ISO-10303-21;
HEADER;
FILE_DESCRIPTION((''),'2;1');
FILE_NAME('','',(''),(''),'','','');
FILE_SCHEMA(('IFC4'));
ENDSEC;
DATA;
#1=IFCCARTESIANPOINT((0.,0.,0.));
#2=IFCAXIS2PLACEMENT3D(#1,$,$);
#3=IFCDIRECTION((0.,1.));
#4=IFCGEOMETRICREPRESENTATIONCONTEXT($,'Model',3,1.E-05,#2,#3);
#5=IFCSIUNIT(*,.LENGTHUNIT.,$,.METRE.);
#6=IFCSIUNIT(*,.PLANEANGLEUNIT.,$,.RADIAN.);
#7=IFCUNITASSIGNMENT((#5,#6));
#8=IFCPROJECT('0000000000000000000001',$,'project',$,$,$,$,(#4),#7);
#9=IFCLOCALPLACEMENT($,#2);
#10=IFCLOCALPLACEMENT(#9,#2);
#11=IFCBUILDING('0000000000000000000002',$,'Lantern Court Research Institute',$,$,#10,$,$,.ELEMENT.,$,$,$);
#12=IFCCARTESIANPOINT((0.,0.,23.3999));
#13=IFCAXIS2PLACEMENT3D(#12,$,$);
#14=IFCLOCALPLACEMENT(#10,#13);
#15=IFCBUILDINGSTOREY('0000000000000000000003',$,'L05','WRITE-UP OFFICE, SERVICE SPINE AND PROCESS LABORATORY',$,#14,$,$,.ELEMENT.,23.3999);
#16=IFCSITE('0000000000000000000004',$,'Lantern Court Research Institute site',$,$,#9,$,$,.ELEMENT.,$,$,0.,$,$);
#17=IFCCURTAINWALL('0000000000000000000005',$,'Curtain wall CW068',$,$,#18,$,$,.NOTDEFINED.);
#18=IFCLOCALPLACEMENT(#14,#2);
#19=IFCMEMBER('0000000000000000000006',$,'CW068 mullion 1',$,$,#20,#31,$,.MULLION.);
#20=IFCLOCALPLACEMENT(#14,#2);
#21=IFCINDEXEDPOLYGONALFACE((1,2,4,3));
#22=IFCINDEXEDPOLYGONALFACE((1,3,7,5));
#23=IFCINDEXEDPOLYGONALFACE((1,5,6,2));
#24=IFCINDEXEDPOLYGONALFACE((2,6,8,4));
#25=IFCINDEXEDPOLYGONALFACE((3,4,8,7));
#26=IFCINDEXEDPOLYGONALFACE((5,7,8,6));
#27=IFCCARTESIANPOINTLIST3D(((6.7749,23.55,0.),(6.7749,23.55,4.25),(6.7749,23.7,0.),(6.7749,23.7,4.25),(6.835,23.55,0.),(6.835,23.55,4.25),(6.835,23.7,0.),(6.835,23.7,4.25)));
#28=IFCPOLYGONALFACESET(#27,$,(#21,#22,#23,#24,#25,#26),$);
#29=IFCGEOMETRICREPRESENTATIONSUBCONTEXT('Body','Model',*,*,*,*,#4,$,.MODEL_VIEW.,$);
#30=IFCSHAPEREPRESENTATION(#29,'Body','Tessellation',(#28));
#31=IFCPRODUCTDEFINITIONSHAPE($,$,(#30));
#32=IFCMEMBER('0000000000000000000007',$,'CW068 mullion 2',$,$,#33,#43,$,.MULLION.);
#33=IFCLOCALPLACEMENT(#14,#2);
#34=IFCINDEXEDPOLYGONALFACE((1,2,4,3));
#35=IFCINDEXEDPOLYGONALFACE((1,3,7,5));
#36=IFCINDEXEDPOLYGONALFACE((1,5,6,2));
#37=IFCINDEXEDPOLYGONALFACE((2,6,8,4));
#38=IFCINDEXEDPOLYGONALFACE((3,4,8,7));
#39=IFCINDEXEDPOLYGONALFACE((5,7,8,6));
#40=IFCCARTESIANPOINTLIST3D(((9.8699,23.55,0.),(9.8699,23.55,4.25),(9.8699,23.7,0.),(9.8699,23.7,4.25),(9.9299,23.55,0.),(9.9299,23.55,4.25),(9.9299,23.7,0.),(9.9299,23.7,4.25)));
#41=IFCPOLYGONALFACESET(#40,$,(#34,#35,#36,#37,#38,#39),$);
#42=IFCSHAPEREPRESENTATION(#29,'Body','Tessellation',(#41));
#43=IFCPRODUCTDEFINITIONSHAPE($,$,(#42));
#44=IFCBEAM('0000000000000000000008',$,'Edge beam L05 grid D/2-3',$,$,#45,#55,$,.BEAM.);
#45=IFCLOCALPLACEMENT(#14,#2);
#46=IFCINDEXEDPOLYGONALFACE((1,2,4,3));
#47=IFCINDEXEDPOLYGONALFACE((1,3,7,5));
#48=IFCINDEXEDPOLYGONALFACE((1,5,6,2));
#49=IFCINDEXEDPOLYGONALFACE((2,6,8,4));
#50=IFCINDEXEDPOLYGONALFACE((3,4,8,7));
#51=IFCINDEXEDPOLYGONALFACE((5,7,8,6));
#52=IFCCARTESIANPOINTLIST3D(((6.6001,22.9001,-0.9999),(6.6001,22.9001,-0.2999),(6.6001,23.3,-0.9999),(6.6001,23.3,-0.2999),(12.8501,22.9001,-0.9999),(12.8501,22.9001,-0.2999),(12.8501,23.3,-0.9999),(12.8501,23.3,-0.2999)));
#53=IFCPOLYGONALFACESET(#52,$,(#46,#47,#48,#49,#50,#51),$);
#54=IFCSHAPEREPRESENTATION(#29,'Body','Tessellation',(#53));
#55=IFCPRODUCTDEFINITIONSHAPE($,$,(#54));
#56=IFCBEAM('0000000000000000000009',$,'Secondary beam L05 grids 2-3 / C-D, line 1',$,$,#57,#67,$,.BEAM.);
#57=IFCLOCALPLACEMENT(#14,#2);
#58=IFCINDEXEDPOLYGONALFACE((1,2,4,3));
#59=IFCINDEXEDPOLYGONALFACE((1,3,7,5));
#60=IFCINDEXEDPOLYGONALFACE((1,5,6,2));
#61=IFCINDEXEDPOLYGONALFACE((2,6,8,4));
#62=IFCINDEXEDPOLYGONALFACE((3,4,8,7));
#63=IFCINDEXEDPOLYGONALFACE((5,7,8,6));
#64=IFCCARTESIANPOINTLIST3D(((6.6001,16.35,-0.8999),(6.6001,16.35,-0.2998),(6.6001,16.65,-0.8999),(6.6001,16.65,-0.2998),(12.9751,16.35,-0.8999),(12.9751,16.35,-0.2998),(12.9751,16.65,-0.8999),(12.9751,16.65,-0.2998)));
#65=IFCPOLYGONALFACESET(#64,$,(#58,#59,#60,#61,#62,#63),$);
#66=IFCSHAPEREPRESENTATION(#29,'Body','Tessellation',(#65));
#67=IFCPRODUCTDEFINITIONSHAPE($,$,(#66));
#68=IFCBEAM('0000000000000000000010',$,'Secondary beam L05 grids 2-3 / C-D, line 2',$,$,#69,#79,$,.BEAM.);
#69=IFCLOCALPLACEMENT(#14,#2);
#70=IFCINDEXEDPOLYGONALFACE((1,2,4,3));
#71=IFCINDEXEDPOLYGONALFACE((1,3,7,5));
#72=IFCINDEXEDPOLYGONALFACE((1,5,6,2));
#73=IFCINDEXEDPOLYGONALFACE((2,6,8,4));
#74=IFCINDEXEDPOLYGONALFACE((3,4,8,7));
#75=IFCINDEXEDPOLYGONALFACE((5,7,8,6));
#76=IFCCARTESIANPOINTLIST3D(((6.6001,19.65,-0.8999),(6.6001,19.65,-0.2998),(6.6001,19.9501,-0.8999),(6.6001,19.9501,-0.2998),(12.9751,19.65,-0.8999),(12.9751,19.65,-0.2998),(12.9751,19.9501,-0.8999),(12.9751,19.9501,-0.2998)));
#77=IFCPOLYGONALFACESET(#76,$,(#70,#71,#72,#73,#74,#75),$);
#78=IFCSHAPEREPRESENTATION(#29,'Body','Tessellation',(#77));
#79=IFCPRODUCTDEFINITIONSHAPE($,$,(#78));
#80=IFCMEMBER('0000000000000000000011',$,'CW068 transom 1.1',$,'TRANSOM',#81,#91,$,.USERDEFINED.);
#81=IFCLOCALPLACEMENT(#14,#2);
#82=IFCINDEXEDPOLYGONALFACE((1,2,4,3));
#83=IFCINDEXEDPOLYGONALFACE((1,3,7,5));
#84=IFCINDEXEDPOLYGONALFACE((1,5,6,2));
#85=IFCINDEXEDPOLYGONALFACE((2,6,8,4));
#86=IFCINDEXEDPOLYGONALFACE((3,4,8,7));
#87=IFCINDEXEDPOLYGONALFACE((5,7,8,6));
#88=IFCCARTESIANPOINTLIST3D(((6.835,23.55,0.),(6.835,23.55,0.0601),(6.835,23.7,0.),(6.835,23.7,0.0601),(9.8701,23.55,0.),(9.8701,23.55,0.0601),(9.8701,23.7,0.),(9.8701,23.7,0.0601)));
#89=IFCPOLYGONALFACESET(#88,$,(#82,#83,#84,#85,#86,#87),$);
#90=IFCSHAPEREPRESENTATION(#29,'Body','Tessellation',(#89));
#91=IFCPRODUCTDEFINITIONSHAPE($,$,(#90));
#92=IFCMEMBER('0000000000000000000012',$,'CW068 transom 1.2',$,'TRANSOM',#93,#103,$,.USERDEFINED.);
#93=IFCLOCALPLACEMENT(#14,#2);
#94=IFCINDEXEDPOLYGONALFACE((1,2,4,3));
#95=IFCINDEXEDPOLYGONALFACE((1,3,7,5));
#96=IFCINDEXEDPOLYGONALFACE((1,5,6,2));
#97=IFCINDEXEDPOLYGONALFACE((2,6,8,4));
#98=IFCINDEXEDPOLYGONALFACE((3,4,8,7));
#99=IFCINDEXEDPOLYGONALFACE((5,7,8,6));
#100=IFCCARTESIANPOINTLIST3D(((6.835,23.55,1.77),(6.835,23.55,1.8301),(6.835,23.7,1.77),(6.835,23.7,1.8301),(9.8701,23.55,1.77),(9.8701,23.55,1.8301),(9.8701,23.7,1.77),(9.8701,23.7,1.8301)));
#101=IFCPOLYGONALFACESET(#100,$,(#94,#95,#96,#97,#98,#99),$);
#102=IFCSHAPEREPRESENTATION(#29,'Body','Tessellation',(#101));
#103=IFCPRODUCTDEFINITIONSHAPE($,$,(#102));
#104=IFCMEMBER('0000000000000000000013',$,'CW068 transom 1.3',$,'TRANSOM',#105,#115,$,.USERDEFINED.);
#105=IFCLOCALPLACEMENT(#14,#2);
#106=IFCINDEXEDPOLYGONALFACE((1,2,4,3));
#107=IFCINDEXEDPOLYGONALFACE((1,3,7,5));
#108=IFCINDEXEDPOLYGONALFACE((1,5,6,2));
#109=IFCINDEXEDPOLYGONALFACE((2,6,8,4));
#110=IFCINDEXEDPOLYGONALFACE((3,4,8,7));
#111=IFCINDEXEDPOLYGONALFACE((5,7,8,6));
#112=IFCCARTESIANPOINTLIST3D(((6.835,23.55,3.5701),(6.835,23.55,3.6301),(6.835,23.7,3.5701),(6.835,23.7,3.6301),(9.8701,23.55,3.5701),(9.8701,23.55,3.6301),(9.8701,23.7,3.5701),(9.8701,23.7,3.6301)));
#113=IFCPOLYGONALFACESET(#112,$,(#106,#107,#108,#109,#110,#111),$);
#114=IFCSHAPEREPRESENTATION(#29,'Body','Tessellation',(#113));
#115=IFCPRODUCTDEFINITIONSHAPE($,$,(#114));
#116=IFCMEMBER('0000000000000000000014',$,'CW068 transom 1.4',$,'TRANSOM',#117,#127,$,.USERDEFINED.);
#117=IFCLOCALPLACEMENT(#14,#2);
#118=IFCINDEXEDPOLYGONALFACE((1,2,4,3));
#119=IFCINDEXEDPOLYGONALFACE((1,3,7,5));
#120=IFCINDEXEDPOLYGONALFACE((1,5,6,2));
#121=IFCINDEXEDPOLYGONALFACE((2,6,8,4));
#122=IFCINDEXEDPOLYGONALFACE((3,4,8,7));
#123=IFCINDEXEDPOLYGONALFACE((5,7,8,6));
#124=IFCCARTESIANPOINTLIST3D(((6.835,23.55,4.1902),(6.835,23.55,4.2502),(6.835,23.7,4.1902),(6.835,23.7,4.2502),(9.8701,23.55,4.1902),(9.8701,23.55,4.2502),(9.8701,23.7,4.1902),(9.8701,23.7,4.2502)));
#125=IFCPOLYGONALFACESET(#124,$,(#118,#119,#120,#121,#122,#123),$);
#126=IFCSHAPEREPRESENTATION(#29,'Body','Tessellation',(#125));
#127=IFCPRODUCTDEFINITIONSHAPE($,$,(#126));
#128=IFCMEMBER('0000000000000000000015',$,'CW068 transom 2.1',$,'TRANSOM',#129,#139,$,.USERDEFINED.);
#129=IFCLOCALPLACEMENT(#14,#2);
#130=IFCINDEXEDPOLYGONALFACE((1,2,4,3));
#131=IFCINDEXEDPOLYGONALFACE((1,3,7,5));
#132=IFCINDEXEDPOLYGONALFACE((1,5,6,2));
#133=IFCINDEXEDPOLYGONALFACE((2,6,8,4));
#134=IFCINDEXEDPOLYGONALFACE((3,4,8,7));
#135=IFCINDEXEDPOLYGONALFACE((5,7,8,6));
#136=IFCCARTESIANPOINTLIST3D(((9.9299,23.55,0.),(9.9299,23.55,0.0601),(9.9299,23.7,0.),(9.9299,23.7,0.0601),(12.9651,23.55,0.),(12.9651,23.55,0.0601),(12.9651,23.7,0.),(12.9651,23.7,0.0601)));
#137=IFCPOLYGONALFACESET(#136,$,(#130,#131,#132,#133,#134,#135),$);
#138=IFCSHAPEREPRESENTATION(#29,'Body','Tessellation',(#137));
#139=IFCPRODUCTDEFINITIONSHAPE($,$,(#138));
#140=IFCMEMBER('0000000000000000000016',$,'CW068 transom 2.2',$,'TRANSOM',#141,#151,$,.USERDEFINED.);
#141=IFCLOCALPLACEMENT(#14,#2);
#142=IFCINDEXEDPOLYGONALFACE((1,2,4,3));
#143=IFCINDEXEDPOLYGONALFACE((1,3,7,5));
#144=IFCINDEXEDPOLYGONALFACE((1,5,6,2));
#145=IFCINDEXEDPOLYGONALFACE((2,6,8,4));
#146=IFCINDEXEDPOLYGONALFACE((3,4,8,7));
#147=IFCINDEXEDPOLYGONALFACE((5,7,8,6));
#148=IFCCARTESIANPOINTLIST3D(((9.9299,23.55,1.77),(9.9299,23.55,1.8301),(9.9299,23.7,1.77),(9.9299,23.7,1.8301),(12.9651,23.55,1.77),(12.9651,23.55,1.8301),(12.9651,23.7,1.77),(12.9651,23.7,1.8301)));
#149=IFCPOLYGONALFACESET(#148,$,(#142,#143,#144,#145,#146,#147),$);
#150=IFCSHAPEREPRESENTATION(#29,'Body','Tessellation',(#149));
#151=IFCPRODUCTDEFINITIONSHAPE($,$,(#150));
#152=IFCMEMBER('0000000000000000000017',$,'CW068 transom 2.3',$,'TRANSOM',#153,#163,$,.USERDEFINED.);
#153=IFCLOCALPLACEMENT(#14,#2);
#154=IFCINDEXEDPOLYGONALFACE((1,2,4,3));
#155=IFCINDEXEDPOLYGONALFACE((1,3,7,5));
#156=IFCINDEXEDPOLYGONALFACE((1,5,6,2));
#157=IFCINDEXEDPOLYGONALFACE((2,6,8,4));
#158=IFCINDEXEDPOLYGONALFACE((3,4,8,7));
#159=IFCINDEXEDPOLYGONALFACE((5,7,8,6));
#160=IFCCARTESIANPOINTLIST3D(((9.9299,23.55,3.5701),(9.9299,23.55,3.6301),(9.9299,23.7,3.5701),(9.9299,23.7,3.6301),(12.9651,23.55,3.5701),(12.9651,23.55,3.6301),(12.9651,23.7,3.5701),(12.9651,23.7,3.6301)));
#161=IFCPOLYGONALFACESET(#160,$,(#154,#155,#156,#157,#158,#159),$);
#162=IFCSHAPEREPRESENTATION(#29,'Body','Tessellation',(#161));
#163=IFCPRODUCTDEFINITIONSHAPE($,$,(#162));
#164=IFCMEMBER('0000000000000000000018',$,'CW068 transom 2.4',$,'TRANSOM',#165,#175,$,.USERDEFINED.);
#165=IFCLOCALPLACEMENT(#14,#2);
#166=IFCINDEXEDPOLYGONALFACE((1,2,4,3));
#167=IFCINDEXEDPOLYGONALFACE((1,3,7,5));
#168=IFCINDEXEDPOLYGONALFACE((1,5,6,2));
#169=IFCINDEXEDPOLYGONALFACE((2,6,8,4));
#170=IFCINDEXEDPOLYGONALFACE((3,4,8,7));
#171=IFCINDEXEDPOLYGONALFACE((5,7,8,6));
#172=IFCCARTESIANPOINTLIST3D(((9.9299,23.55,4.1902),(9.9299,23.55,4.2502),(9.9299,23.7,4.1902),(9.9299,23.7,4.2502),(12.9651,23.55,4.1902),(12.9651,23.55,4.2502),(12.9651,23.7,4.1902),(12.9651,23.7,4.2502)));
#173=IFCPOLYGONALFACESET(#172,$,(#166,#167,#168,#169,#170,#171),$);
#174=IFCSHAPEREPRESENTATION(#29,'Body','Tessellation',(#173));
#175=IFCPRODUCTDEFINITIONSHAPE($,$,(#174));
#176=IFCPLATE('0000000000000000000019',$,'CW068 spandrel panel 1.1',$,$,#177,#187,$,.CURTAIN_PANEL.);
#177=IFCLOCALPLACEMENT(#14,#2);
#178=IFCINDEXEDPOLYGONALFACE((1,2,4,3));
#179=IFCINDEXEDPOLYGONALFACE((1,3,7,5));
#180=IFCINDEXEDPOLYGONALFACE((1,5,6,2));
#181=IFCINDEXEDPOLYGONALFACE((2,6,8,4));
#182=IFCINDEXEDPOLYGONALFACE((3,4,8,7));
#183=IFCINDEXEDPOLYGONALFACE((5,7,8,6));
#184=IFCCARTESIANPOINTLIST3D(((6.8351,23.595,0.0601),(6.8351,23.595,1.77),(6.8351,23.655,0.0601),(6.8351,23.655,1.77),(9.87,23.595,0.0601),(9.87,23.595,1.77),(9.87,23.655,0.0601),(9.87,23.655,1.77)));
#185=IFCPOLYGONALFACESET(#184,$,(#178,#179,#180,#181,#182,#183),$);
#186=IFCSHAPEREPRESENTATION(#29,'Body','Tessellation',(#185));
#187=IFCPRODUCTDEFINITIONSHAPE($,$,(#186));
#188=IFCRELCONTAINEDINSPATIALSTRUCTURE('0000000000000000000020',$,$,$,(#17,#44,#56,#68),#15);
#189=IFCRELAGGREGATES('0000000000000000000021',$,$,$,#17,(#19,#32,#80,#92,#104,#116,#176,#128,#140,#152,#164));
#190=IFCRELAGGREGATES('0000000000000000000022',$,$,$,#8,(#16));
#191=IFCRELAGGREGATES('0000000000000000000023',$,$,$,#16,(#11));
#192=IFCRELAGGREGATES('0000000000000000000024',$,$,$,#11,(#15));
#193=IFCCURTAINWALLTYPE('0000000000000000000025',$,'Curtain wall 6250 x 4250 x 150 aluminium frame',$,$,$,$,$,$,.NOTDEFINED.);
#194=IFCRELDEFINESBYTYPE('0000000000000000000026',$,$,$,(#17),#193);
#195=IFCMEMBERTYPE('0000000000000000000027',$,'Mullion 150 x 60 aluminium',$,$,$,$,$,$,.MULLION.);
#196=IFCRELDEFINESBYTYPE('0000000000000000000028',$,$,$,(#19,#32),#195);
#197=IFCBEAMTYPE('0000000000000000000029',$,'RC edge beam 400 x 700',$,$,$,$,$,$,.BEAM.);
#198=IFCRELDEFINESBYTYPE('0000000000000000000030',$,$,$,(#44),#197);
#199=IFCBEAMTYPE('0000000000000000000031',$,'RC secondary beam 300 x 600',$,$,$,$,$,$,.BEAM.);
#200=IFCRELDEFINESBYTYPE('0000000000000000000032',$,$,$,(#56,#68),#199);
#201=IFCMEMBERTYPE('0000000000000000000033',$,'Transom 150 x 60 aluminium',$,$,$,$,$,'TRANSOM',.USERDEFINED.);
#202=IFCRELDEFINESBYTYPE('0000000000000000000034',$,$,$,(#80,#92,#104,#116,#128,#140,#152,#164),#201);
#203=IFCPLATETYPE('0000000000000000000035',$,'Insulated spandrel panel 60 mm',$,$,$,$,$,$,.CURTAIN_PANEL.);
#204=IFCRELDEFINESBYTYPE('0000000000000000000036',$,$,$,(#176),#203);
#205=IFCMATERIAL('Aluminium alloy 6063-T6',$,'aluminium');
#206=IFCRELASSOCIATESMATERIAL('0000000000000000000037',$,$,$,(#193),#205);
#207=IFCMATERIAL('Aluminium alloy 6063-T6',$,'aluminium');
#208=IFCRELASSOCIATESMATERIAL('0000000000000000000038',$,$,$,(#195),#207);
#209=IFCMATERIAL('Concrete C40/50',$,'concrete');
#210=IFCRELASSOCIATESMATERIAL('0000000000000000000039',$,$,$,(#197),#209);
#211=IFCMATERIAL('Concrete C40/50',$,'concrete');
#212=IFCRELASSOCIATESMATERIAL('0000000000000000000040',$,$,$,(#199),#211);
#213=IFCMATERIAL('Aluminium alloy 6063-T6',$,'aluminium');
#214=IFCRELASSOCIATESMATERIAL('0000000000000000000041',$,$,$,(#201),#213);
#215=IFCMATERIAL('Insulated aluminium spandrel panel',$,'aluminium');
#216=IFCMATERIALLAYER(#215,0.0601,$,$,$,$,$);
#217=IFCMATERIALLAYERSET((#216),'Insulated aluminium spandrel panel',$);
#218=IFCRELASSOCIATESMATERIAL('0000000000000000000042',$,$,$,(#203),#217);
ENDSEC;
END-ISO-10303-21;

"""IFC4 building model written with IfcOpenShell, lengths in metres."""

from ifc_helpers import new_model, si_unit, direction, frame, origin, origin_2d, place, context, subcontext, project, spatial, rectangle, extrude, material, layer, layer_set, material_profile, profile_set, type_object, element, aggregate, save


model = new_model("IFC4")

# Units and contexts
model_context = context("Model", 3, precision=1e-05, world=origin(), true_north=direction((0.0, 1.0)))
body_context = subcontext(model_context, "Body", "Model", "MODEL_VIEW")
ifc_project = project(units=[si_unit("LENGTHUNIT", "METRE"), si_unit("PLANEANGLEUNIT", "RADIAN")], contexts=[model_context])

# Site, building, storey
site_placement = place(None, origin())
site = spatial("IfcSite", under=ifc_project, at=site_placement, Name="Lantern Court Research Institute site", CompositionType="ELEMENT", RefElevation=0.0)
building_placement = place(site_placement, origin())
building = spatial("IfcBuilding", under=site, at=building_placement, Name="Lantern Court Research Institute", CompositionType="ELEMENT")
storey_placement = place(building_placement, frame((0.0, 0.0, 23.3999)))
storey = spatial("IfcBuildingStorey", under=building, at=storey_placement, Name="L05", Description="WRITE-UP OFFICE, SERVICE SPINE AND PROCESS LABORATORY", CompositionType="ELEMENT", Elevation=23.3999)

# Curtain wall, members
ifc_material_1 = material(Name="Aluminium alloy 6063-T6", Category="aluminium")
curtain_wall_type = type_object("IfcCurtainWallType", Name="Curtain wall 6250 x 4250 x 150 aluminium frame", PredefinedType="NOTDEFINED", material=ifc_material_1)
curtain_wall_placement = place(storey_placement, origin())
curtain_wall = element("IfcCurtainWall", 1, at=curtain_wall_placement, inside=storey, type_object=curtain_wall_type, Name="Curtain wall CW068", PredefinedType="NOTDEFINED")
ifc_material_2 = material(Name="Aluminium alloy 6063-T6", Category="aluminium")
ifc_material_profile_1 = material_profile(ifc_material_2, rectangle(XDim=0.1499, YDim=0.0601, at=origin_2d()), Name="Mullion 150 x 60")
ifc_profile_set_1 = profile_set([ifc_material_profile_1], Name="Aluminium alloy 6063-T6")
member_type_1 = type_object("IfcMemberType", Name="Mullion 150 x 60 aluminium", PredefinedType="MULLION", material=ifc_profile_set_1)
member_1_placement = place(storey_placement, frame((6.8049, 23.625, 0.0), z_axis=(0.0, 0.0, 1.0), x_axis=(0.0, 1.0, 0.0)))
member_1 = element("IfcMember", 2, at=member_1_placement, type_object=member_type_1, Name="CW068 mullion 1", PredefinedType="MULLION", context=body_context, shape_type="SweptSolid", body=[
    extrude(rectangle(XDim=0.1499, YDim=0.0601, at=origin_2d()), origin(), (0.0, 0.0, 1.0), 4.25),
])
member_2_placement = place(storey_placement, frame((9.8999, 23.625, 0.0), z_axis=(0.0, 0.0, 1.0), x_axis=(0.0, 1.0, 0.0)))
member_2 = element("IfcMember", 3, at=member_2_placement, type_object=member_type_1, Name="CW068 mullion 2", PredefinedType="MULLION", context=body_context, shape_type="SweptSolid", body=[
    extrude(rectangle(XDim=0.1499, YDim=0.0601, at=origin_2d()), origin(), (0.0, 0.0, 1.0), 4.25),
])

# Beams
ifc_material_3 = material(Name="Concrete C40/50", Category="concrete")
ifc_material_profile_2 = material_profile(ifc_material_3, rectangle(XDim=0.3999, YDim=0.7, at=origin_2d()), Name="RC beam 400 x 700")
ifc_profile_set_2 = profile_set([ifc_material_profile_2], Name="Concrete C40/50")
beam_type_1 = type_object("IfcBeamType", Name="RC edge beam 400 x 700", PredefinedType="BEAM", material=ifc_profile_set_2)
beam_placement = place(storey_placement, frame((6.6001, 23.1001, -0.6499), z_axis=(1.0, 0.0, 0.0), x_axis=(0.0, 1.0, 0.0)))
element("IfcBeam", 4, at=beam_placement, inside=storey, type_object=beam_type_1, Name="Edge beam L05 grid D/2-3", PredefinedType="BEAM", context=body_context, shape_type="SweptSolid", body=[
    extrude(rectangle(XDim=0.3999, YDim=0.7, at=origin_2d()), origin(), (0.0, 0.0, 1.0), 6.25),
])
ifc_material_4 = material(Name="Concrete C40/50", Category="concrete")
ifc_material_profile_3 = material_profile(ifc_material_4, rectangle(XDim=0.3, YDim=0.6001, at=origin_2d()), Name="RC beam 300 x 600")
ifc_profile_set_3 = profile_set([ifc_material_profile_3], Name="Concrete C40/50")
beam_type_2 = type_object("IfcBeamType", Name="RC secondary beam 300 x 600", PredefinedType="BEAM", material=ifc_profile_set_3)
for number, where, z_axis, x_axis, name in (
    (5, (6.6001, 16.5, -0.5999), (1.0, 0.0, 0.0), (0.0, 1.0, 0.0), "Secondary beam L05 grids 2-3 / C-D, line 1"),
    (6, (6.6001, 19.8, -0.5999), (1.0, 0.0, 0.0), (0.0, 1.0, 0.0), "Secondary beam L05 grids 2-3 / C-D, line 2"),
):
    element("IfcBeam", number, at=place(storey_placement, frame(where, z_axis=z_axis, x_axis=x_axis)), inside=storey, type_object=beam_type_2, Name=name, PredefinedType="BEAM", context=body_context, shape_type="SweptSolid", body=[
        extrude(rectangle(XDim=0.3, YDim=0.6001, at=origin_2d()), origin(), (0.0, 0.0, 1.0), 6.375),
    ])

# Members
ifc_material_5 = material(Name="Aluminium alloy 6063-T6", Category="aluminium")
ifc_material_profile_4 = material_profile(ifc_material_5, rectangle(XDim=0.1499, YDim=0.0601, at=origin_2d()), Name="Transom 150 x 60")
ifc_profile_set_4 = profile_set([ifc_material_profile_4], Name="Aluminium alloy 6063-T6")
member_type_2 = type_object("IfcMemberType", Name="Transom 150 x 60 aluminium", ElementType="TRANSOM", PredefinedType="USERDEFINED", material=ifc_profile_set_4)
member_3_placement = place(storey_placement, frame((6.835, 23.625, 0.03), z_axis=(1.0, 0.0, 0.0), x_axis=(0.0, 1.0, 0.0)))
member_3 = element("IfcMember", 7, at=member_3_placement, type_object=member_type_2, Name="CW068 transom 1.1", ObjectType="TRANSOM", PredefinedType="USERDEFINED", context=body_context, shape_type="SweptSolid", body=[
    extrude(rectangle(XDim=0.1499, YDim=0.0601, at=origin_2d()), origin(), (0.0, 0.0, 1.0), 3.0352),
])
member_4_placement = place(storey_placement, frame((6.835, 23.625, 1.8), z_axis=(1.0, 0.0, 0.0), x_axis=(0.0, 1.0, 0.0)))
member_4 = element("IfcMember", 8, at=member_4_placement, type_object=member_type_2, Name="CW068 transom 1.2", ObjectType="TRANSOM", PredefinedType="USERDEFINED", context=body_context, shape_type="SweptSolid", body=[
    extrude(rectangle(XDim=0.1499, YDim=0.0601, at=origin_2d()), origin(), (0.0, 0.0, 1.0), 3.0352),
])
member_5_placement = place(storey_placement, frame((6.835, 23.625, 3.6001), z_axis=(1.0, 0.0, 0.0), x_axis=(0.0, 1.0, 0.0)))
member_5 = element("IfcMember", 9, at=member_5_placement, type_object=member_type_2, Name="CW068 transom 1.3", ObjectType="TRANSOM", PredefinedType="USERDEFINED", context=body_context, shape_type="SweptSolid", body=[
    extrude(rectangle(XDim=0.1499, YDim=0.0601, at=origin_2d()), origin(), (0.0, 0.0, 1.0), 3.0352),
])
member_6_placement = place(storey_placement, frame((6.835, 23.625, 4.2202), z_axis=(1.0, 0.0, 0.0), x_axis=(0.0, 1.0, 0.0)))
member_6 = element("IfcMember", 10, at=member_6_placement, type_object=member_type_2, Name="CW068 transom 1.4", ObjectType="TRANSOM", PredefinedType="USERDEFINED", context=body_context, shape_type="SweptSolid", body=[
    extrude(rectangle(XDim=0.1499, YDim=0.0601, at=origin_2d()), origin(), (0.0, 0.0, 1.0), 3.0352),
])
member_7_placement = place(storey_placement, frame((9.9299, 23.625, 0.03), z_axis=(1.0, 0.0, 0.0), x_axis=(0.0, 1.0, 0.0)))
member_7 = element("IfcMember", 11, at=member_7_placement, type_object=member_type_2, Name="CW068 transom 2.1", ObjectType="TRANSOM", PredefinedType="USERDEFINED", context=body_context, shape_type="SweptSolid", body=[
    extrude(rectangle(XDim=0.1499, YDim=0.0601, at=origin_2d()), origin(), (0.0, 0.0, 1.0), 3.0352),
])
member_8_placement = place(storey_placement, frame((9.9299, 23.625, 1.8), z_axis=(1.0, 0.0, 0.0), x_axis=(0.0, 1.0, 0.0)))
member_8 = element("IfcMember", 12, at=member_8_placement, type_object=member_type_2, Name="CW068 transom 2.2", ObjectType="TRANSOM", PredefinedType="USERDEFINED", context=body_context, shape_type="SweptSolid", body=[
    extrude(rectangle(XDim=0.1499, YDim=0.0601, at=origin_2d()), origin(), (0.0, 0.0, 1.0), 3.0352),
])
member_9_placement = place(storey_placement, frame((9.9299, 23.625, 3.6001), z_axis=(1.0, 0.0, 0.0), x_axis=(0.0, 1.0, 0.0)))
member_9 = element("IfcMember", 13, at=member_9_placement, type_object=member_type_2, Name="CW068 transom 2.3", ObjectType="TRANSOM", PredefinedType="USERDEFINED", context=body_context, shape_type="SweptSolid", body=[
    extrude(rectangle(XDim=0.1499, YDim=0.0601, at=origin_2d()), origin(), (0.0, 0.0, 1.0), 3.0352),
])
member_10_placement = place(storey_placement, frame((9.9299, 23.625, 4.2202), z_axis=(1.0, 0.0, 0.0), x_axis=(0.0, 1.0, 0.0)))
member_10 = element("IfcMember", 14, at=member_10_placement, type_object=member_type_2, Name="CW068 transom 2.4", ObjectType="TRANSOM", PredefinedType="USERDEFINED", context=body_context, shape_type="SweptSolid", body=[
    extrude(rectangle(XDim=0.1499, YDim=0.0601, at=origin_2d()), origin(), (0.0, 0.0, 1.0), 3.0352),
])

# Plate
ifc_material_6 = material(Name="Insulated aluminium spandrel panel", Category="aluminium")
ifc_layer_1 = layer(ifc_material_6, 0.0601)
ifc_layer_set_1 = layer_set([ifc_layer_1], Name="Insulated aluminium spandrel panel")
plate_type_1 = type_object("IfcPlateType", Name="Insulated spandrel panel 60 mm", PredefinedType="CURTAIN_PANEL", material=ifc_layer_set_1)
plate_1_placement = place(storey_placement, frame((8.3525, 23.625, 0.0601), z_axis=(0.0, 0.0, 1.0), x_axis=(1.0, 0.0, 0.0)))
plate_1 = element("IfcPlate", 15, at=plate_1_placement, type_object=plate_type_1, Name="CW068 spandrel panel 1.1", PredefinedType="CURTAIN_PANEL", context=body_context, shape_type="SweptSolid", body=[
    extrude(rectangle(XDim=3.0349, YDim=0.0601, at=origin_2d()), origin(), (0.0, 0.0, 1.0), 1.71),
])
aggregate(curtain_wall, [member_1, member_2, member_3, member_4, member_5, member_6, plate_1, member_7, member_8, member_9, member_10])

save(model, "model.ifc")
